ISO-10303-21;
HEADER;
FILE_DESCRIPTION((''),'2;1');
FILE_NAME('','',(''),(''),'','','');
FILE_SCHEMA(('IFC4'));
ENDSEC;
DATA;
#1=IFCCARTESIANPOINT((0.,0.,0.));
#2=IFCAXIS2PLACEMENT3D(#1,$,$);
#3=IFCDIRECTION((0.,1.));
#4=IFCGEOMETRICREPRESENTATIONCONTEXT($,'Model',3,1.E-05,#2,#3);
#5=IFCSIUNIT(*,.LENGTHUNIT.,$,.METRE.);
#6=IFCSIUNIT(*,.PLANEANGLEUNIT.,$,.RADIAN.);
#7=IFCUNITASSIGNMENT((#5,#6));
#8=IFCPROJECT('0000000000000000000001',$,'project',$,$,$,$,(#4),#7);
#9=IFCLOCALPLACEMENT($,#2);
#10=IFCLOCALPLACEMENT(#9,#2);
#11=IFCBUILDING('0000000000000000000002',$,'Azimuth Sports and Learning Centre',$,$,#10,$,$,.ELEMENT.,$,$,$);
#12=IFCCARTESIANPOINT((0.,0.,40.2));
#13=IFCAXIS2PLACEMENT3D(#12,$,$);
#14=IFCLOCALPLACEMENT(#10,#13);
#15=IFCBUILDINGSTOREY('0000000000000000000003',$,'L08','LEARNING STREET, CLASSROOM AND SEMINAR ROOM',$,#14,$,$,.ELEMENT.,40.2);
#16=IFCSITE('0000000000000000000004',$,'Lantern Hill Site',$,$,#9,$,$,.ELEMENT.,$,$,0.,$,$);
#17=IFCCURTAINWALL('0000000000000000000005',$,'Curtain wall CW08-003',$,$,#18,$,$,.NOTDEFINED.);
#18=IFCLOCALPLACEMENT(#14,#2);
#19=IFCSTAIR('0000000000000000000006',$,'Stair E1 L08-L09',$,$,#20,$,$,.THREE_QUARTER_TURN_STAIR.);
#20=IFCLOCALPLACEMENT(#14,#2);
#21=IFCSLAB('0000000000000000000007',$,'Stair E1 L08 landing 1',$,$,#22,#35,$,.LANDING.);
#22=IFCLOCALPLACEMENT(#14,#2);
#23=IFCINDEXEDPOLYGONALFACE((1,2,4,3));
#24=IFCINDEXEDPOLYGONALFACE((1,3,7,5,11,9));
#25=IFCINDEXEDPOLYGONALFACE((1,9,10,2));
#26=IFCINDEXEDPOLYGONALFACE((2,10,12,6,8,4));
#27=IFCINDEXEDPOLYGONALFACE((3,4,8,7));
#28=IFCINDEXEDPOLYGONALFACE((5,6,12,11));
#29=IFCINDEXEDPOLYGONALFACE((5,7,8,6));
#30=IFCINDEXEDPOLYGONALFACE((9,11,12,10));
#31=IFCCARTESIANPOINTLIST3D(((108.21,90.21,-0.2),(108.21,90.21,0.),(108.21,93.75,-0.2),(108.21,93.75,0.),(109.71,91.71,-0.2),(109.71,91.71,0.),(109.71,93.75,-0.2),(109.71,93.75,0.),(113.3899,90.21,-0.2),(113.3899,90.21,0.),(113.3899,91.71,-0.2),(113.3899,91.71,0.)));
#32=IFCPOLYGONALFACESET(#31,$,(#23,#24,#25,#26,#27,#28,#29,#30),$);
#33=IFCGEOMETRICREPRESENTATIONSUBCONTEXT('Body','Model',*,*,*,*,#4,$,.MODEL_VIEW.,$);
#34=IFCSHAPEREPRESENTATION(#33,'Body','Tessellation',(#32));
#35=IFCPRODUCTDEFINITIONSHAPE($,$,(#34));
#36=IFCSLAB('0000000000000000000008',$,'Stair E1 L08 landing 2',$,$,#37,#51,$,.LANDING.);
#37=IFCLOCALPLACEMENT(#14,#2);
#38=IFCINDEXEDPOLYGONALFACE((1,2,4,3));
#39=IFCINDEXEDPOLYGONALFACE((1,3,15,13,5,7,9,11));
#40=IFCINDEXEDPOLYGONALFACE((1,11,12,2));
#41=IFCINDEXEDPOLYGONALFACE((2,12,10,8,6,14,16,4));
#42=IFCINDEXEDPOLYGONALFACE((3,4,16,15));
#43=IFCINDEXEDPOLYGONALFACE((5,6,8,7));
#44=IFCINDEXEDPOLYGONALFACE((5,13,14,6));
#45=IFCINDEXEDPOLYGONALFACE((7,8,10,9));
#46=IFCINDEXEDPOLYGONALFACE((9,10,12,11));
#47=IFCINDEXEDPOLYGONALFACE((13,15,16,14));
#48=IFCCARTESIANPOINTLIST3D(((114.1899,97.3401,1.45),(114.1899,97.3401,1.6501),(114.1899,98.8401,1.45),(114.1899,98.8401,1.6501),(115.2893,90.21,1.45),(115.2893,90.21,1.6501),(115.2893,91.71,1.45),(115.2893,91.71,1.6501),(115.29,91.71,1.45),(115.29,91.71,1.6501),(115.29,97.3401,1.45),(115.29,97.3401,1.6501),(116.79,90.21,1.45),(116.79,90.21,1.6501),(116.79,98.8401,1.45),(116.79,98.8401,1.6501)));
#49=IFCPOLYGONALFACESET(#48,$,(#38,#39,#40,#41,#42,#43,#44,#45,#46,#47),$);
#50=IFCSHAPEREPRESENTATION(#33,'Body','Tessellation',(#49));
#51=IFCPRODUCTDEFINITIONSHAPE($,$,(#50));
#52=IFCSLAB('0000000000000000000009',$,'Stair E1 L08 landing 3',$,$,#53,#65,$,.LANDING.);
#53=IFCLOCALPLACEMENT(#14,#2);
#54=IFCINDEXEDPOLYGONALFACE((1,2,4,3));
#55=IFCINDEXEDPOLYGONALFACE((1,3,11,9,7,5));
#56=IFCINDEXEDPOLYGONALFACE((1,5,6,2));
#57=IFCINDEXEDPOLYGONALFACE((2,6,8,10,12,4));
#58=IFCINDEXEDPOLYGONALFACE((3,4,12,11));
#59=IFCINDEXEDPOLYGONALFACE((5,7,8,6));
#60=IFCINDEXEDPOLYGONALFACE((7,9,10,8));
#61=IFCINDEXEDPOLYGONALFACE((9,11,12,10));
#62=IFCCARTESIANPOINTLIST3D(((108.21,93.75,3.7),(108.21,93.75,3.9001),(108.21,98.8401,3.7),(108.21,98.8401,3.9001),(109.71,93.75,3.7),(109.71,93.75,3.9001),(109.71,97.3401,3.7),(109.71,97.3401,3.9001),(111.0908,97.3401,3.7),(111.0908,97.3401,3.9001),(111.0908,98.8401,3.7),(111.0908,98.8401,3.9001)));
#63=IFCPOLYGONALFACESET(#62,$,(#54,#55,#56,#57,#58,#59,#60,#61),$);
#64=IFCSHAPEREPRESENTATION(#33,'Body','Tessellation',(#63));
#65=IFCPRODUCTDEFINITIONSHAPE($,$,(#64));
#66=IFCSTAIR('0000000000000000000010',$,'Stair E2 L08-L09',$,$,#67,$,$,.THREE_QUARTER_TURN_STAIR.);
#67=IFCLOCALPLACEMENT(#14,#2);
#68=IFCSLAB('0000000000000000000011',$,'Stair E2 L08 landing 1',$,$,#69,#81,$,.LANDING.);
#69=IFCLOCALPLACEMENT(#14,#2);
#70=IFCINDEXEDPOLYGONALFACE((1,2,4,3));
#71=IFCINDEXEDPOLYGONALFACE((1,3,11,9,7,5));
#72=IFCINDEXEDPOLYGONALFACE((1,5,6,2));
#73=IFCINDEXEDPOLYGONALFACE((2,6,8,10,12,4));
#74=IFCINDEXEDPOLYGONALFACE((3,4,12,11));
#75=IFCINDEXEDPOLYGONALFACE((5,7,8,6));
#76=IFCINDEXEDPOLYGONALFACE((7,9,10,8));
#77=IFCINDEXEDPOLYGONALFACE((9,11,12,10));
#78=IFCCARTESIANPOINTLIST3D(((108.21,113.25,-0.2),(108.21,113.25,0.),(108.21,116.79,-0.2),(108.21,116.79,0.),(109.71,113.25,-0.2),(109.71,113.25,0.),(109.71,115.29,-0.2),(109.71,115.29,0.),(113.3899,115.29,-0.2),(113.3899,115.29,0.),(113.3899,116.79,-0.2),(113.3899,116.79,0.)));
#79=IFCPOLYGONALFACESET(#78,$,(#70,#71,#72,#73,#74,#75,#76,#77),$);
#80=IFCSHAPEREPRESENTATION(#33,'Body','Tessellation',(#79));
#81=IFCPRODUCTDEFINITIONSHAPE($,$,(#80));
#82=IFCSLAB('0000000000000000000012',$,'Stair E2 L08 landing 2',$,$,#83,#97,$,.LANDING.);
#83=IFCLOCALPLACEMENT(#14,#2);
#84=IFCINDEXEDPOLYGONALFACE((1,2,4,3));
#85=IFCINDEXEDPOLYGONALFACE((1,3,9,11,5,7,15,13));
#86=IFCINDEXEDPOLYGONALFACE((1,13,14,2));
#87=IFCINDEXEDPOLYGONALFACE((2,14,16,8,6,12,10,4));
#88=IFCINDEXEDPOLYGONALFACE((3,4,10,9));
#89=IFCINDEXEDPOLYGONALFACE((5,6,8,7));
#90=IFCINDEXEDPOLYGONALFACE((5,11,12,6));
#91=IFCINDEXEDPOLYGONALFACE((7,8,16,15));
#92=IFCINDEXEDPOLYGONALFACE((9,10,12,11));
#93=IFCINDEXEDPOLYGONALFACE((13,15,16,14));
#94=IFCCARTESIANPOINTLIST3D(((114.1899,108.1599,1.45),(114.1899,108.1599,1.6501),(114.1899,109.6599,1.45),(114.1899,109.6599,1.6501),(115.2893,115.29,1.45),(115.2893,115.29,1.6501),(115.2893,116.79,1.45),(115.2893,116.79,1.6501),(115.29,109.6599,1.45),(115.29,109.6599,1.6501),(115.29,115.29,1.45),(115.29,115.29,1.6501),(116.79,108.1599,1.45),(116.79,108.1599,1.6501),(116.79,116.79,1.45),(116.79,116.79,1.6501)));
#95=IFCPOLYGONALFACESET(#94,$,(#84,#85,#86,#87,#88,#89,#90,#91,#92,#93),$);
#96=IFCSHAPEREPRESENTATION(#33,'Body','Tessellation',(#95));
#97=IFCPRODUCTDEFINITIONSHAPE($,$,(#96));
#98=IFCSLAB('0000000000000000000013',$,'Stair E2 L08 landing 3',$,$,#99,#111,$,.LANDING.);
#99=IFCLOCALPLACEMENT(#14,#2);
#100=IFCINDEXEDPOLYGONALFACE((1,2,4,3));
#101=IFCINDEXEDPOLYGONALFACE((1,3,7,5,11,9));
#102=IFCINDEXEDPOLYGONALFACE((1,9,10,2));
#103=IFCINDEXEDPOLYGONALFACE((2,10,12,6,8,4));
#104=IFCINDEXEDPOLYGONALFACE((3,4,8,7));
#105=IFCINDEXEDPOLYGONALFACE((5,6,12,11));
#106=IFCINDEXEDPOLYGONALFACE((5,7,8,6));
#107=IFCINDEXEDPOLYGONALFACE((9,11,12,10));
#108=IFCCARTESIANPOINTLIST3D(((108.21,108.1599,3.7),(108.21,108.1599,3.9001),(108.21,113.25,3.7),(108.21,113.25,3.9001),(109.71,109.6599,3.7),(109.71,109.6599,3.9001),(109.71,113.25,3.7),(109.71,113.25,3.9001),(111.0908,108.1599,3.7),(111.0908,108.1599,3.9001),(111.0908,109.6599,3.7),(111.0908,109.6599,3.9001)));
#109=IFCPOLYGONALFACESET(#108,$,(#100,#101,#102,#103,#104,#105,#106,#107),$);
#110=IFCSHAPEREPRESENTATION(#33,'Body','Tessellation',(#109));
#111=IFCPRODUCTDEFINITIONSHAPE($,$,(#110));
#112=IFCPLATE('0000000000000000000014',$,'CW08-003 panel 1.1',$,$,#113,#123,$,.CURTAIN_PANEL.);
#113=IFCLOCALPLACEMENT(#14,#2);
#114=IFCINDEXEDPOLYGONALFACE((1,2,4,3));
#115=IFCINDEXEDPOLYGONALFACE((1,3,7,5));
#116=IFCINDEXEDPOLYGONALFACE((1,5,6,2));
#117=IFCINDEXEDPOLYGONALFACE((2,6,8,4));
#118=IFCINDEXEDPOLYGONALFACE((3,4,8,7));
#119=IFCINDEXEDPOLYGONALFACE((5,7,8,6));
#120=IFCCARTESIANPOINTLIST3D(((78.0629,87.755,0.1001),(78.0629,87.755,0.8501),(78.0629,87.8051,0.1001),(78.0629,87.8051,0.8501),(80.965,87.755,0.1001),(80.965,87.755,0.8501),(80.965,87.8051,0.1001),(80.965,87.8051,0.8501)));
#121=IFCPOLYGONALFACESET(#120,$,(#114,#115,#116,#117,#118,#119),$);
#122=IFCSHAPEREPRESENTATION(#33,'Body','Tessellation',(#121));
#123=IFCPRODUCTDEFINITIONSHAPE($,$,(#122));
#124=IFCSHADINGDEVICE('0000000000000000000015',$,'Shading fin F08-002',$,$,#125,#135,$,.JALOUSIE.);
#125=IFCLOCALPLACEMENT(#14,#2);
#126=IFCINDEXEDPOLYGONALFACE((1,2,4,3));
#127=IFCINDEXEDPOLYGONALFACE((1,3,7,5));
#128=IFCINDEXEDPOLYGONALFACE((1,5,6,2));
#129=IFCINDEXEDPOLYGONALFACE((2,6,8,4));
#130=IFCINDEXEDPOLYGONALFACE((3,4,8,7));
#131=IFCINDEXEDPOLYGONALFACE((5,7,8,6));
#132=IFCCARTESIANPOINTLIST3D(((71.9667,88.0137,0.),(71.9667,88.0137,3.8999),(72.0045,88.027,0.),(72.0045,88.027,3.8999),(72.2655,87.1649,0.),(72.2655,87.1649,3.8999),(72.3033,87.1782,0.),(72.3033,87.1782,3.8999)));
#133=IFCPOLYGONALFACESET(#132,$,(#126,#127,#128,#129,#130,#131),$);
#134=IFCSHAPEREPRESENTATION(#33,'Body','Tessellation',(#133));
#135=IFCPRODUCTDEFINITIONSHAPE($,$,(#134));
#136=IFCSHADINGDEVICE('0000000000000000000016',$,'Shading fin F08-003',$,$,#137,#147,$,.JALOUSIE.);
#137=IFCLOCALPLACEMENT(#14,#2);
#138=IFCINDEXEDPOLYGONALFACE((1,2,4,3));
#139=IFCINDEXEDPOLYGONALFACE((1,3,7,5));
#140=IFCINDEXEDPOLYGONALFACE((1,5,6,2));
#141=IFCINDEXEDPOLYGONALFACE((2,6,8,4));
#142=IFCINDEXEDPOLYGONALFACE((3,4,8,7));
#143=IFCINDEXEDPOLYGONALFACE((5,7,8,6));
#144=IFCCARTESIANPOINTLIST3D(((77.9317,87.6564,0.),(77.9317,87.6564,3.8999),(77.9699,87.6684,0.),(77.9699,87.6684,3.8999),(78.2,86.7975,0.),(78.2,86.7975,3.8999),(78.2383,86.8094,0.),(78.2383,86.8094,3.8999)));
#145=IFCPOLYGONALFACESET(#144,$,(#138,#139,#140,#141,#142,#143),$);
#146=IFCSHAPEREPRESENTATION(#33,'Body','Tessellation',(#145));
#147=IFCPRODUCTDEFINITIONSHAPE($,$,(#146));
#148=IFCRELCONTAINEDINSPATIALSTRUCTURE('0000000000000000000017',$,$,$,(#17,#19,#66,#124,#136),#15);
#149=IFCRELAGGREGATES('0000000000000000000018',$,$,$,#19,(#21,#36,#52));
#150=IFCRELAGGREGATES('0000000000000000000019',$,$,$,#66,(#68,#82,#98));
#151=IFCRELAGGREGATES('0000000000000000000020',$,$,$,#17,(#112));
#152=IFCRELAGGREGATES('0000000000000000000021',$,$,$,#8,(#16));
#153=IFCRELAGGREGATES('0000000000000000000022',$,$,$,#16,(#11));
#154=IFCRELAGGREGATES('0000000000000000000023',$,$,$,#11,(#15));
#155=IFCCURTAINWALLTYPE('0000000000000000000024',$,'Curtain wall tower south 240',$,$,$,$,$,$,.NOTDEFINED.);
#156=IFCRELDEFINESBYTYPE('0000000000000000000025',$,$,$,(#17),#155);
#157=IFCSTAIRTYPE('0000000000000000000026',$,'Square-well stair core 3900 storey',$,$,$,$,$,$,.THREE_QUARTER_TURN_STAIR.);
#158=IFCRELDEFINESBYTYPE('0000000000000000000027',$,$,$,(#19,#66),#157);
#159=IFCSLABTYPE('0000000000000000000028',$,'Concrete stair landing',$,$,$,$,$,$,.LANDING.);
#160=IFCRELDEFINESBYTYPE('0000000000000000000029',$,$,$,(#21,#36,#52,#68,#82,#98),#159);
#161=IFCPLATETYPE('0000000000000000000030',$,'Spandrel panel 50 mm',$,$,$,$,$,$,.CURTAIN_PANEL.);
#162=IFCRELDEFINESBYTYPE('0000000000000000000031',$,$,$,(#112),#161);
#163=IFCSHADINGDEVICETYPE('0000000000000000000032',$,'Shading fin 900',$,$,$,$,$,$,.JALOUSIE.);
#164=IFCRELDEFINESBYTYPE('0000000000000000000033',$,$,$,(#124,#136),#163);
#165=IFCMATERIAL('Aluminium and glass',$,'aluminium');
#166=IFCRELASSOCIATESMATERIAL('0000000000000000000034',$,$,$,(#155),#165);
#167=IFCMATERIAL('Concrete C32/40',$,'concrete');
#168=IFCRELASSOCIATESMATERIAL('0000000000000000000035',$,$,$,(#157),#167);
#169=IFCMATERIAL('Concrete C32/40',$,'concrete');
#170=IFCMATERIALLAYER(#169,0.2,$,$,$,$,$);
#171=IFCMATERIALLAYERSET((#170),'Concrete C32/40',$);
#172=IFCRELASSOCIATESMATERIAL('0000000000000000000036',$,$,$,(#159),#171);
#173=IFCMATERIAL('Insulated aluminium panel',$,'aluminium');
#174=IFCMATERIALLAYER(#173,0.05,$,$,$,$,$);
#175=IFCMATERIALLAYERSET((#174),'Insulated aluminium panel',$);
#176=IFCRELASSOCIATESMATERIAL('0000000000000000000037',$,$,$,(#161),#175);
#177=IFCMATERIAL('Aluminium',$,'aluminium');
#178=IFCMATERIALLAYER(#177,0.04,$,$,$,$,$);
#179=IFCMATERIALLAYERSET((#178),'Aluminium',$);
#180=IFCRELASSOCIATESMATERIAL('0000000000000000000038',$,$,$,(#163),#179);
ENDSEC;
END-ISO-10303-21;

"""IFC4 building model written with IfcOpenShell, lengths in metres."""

from ifc_helpers import new_model, si_unit, direction, frame, origin, origin_2d, place, context, subcontext, project, spatial, polyline, rectangle, outline, extrude, material, layer, layer_set, type_object, element, aggregate, save


model = new_model("IFC4")

# Units and contexts
model_context = context("Model", 3, precision=1e-05, world=origin(), true_north=direction((0.0, 1.0)))
body_context = subcontext(model_context, "Body", "Model", "MODEL_VIEW")
ifc_project = project(units=[si_unit("LENGTHUNIT", "METRE"), si_unit("PLANEANGLEUNIT", "RADIAN")], contexts=[model_context])

# Site, building, storey
site_placement = place(None, origin())
site = spatial("IfcSite", under=ifc_project, at=site_placement, Name="Lantern Hill Site", CompositionType="ELEMENT", RefElevation=0.0)
building_placement = place(site_placement, origin())
building = spatial("IfcBuilding", under=site, at=building_placement, Name="Azimuth Sports and Learning Centre", CompositionType="ELEMENT")
storey_placement = place(building_placement, frame((0.0, 0.0, 40.2)))
storey = spatial("IfcBuildingStorey", under=building, at=storey_placement, Name="L08", Description="LEARNING STREET, CLASSROOM AND SEMINAR ROOM", CompositionType="ELEMENT", Elevation=40.2)

# Curtain wall
ifc_material_1 = material(Name="Aluminium and glass", Category="aluminium")
curtain_wall_type = type_object("IfcCurtainWallType", Name="Curtain wall tower south 240", PredefinedType="NOTDEFINED", material=ifc_material_1)
curtain_wall_placement = place(storey_placement, origin())
curtain_wall = element("IfcCurtainWall", 1, at=curtain_wall_placement, inside=storey, type_object=curtain_wall_type, Name="Curtain wall CW08-003", PredefinedType="NOTDEFINED")

# Stairs, slabs
ifc_material_2 = material(Name="Concrete C32/40", Category="concrete")
stair_type = type_object("IfcStairType", Name="Square-well stair core 3900 storey", PredefinedType="THREE_QUARTER_TURN_STAIR", material=ifc_material_2)
ifc_material_3 = material(Name="Concrete C32/40", Category="concrete")
ifc_layer_1 = layer(ifc_material_3, 0.2)
ifc_layer_set_1 = layer_set([ifc_layer_1], Name="Concrete C32/40")
slab_type_1 = type_object("IfcSlabType", Name="Concrete stair landing", PredefinedType="LANDING", material=ifc_layer_set_1)
stair_1_placement = place(storey_placement, origin())
stair_1 = element("IfcStair", 2, at=stair_1_placement, inside=storey, type_object=stair_type, Name="Stair E1 L08-L09", PredefinedType="THREE_QUARTER_TURN_STAIR")
slab_1_placement = place(storey_placement, frame((0.0, 0.0, -0.2)))
slab_1 = element("IfcSlab", 3, at=slab_1_placement, type_object=slab_type_1, Name="Stair E1 L08 landing 1", PredefinedType="LANDING", context=body_context, shape_type="SweptSolid", body=[
    extrude(outline(polyline([(113.3899, 91.71), (109.71, 91.71), (109.71, 93.75), (108.21, 93.75), (108.21, 90.21), (113.3899, 90.21), (113.3899, 91.71)])), origin(), (0.0, 0.0, 1.0), 0.2),
])
slab_2_placement = place(storey_placement, frame((0.0, 0.0, 1.45)))
slab_2 = element("IfcSlab", 4, at=slab_2_placement, type_object=slab_type_1, Name="Stair E1 L08 landing 2", PredefinedType="LANDING", context=body_context, shape_type="SweptSolid", body=[
    extrude(outline(polyline([(115.29, 91.71), (115.2893, 91.71), (115.2893, 90.21), (116.79, 90.21), (116.79, 98.8401), (114.1899, 98.8401), (114.1899, 97.3401), (115.29, 97.3401), (115.29, 91.71)])), origin(), (0.0, 0.0, 1.0), 0.2002),
])
slab_3_placement = place(storey_placement, frame((0.0, 0.0, 3.7)))
slab_3 = element("IfcSlab", 5, at=slab_3_placement, type_object=slab_type_1, Name="Stair E1 L08 landing 3", PredefinedType="LANDING", context=body_context, shape_type="SweptSolid", body=[
    extrude(outline(polyline([(109.71, 97.3401), (111.0908, 97.3401), (111.0908, 98.8401), (108.21, 98.8401), (108.21, 93.75), (109.71, 93.75), (109.71, 97.3401)])), origin(), (0.0, 0.0, 1.0), 0.2002),
])
aggregate(stair_1, [slab_1, slab_2, slab_3])
stair_2_placement = place(storey_placement, origin())
stair_2 = element("IfcStair", 6, at=stair_2_placement, inside=storey, type_object=stair_type, Name="Stair E2 L08-L09", PredefinedType="THREE_QUARTER_TURN_STAIR")
slab_4_placement = place(storey_placement, frame((0.0, 0.0, -0.2)))
slab_4 = element("IfcSlab", 7, at=slab_4_placement, type_object=slab_type_1, Name="Stair E2 L08 landing 1", PredefinedType="LANDING", context=body_context, shape_type="SweptSolid", body=[
    extrude(outline(polyline([(108.21, 116.79), (108.21, 113.25), (109.71, 113.25), (109.71, 115.29), (113.3899, 115.29), (113.3899, 116.79), (108.21, 116.79)])), origin(), (0.0, 0.0, 1.0), 0.2),
])
slab_5_placement = place(storey_placement, frame((0.0, 0.0, 1.45)))
slab_5 = element("IfcSlab", 8, at=slab_5_placement, type_object=slab_type_1, Name="Stair E2 L08 landing 2", PredefinedType="LANDING", context=body_context, shape_type="SweptSolid", body=[
    extrude(outline(polyline([(115.29, 115.29), (115.29, 109.6599), (114.1899, 109.6599), (114.1899, 108.1599), (116.79, 108.1599), (116.79, 116.79), (115.2893, 116.79), (115.2893, 115.29), (115.29, 115.29)])), origin(), (0.0, 0.0, 1.0), 0.2002),
])
slab_6_placement = place(storey_placement, frame((0.0, 0.0, 3.7)))
slab_6 = element("IfcSlab", 9, at=slab_6_placement, type_object=slab_type_1, Name="Stair E2 L08 landing 3", PredefinedType="LANDING", context=body_context, shape_type="SweptSolid", body=[
    extrude(outline(polyline([(109.71, 109.6599), (109.71, 113.25), (108.21, 113.25), (108.21, 108.1599), (111.0908, 108.1599), (111.0908, 109.6599), (109.71, 109.6599)])), origin(), (0.0, 0.0, 1.0), 0.2002),
])
aggregate(stair_2, [slab_4, slab_5, slab_6])

# Plate
ifc_material_4 = material(Name="Insulated aluminium panel", Category="aluminium")
ifc_layer_2 = layer(ifc_material_4, 0.05)
ifc_layer_set_2 = layer_set([ifc_layer_2], Name="Insulated aluminium panel")
plate_type = type_object("IfcPlateType", Name="Spandrel panel 50 mm", PredefinedType="CURTAIN_PANEL", material=ifc_layer_set_2)
plate_placement = place(storey_placement, frame((79.5139, 87.78, 0.1001), z_axis=(0.0, 0.0, 1.0), x_axis=(1.0, 0.0, 0.0)))
plate = element("IfcPlate", 10, at=plate_placement, type_object=plate_type, Name="CW08-003 panel 1.1", PredefinedType="CURTAIN_PANEL", context=body_context, shape_type="SweptSolid", body=[
    extrude(rectangle(XDim=2.9021, YDim=0.05, at=origin_2d()), origin(), (0.0, 0.0, 1.0), 0.75),
])
aggregate(curtain_wall, [plate])

# Shading devices
ifc_material_5 = material(Name="Aluminium", Category="aluminium")
ifc_layer_3 = layer(ifc_material_5, 0.04)
ifc_layer_set_3 = layer_set([ifc_layer_3], Name="Aluminium")
shading_device_type = type_object("IfcShadingDeviceType", Name="Shading fin 900", PredefinedType="JALOUSIE", material=ifc_layer_set_3)
for number, where, z_axis, x_axis, name in (
    (11, (72.135, 87.5959, 0.0), (0.0, 0.0, 1.0), (0.332025, -0.943271, 0.0), "Shading fin F08-002"),
    (12, (78.085, 87.2329, 0.0), (0.0, 0.0, 1.0), (0.298225, -0.954496, 0.0), "Shading fin F08-003"),
):
    element("IfcShadingDevice", number, at=place(storey_placement, frame(where, z_axis=z_axis, x_axis=x_axis)), inside=storey, type_object=shading_device_type, Name=name, PredefinedType="JALOUSIE", context=body_context, shape_type="SweptSolid", body=[
        extrude(rectangle(XDim=0.8999, YDim=0.04, at=origin_2d()), origin(), (0.0, 0.0, 1.0), 3.8999),
    ])

save(model, "model.ifc")
